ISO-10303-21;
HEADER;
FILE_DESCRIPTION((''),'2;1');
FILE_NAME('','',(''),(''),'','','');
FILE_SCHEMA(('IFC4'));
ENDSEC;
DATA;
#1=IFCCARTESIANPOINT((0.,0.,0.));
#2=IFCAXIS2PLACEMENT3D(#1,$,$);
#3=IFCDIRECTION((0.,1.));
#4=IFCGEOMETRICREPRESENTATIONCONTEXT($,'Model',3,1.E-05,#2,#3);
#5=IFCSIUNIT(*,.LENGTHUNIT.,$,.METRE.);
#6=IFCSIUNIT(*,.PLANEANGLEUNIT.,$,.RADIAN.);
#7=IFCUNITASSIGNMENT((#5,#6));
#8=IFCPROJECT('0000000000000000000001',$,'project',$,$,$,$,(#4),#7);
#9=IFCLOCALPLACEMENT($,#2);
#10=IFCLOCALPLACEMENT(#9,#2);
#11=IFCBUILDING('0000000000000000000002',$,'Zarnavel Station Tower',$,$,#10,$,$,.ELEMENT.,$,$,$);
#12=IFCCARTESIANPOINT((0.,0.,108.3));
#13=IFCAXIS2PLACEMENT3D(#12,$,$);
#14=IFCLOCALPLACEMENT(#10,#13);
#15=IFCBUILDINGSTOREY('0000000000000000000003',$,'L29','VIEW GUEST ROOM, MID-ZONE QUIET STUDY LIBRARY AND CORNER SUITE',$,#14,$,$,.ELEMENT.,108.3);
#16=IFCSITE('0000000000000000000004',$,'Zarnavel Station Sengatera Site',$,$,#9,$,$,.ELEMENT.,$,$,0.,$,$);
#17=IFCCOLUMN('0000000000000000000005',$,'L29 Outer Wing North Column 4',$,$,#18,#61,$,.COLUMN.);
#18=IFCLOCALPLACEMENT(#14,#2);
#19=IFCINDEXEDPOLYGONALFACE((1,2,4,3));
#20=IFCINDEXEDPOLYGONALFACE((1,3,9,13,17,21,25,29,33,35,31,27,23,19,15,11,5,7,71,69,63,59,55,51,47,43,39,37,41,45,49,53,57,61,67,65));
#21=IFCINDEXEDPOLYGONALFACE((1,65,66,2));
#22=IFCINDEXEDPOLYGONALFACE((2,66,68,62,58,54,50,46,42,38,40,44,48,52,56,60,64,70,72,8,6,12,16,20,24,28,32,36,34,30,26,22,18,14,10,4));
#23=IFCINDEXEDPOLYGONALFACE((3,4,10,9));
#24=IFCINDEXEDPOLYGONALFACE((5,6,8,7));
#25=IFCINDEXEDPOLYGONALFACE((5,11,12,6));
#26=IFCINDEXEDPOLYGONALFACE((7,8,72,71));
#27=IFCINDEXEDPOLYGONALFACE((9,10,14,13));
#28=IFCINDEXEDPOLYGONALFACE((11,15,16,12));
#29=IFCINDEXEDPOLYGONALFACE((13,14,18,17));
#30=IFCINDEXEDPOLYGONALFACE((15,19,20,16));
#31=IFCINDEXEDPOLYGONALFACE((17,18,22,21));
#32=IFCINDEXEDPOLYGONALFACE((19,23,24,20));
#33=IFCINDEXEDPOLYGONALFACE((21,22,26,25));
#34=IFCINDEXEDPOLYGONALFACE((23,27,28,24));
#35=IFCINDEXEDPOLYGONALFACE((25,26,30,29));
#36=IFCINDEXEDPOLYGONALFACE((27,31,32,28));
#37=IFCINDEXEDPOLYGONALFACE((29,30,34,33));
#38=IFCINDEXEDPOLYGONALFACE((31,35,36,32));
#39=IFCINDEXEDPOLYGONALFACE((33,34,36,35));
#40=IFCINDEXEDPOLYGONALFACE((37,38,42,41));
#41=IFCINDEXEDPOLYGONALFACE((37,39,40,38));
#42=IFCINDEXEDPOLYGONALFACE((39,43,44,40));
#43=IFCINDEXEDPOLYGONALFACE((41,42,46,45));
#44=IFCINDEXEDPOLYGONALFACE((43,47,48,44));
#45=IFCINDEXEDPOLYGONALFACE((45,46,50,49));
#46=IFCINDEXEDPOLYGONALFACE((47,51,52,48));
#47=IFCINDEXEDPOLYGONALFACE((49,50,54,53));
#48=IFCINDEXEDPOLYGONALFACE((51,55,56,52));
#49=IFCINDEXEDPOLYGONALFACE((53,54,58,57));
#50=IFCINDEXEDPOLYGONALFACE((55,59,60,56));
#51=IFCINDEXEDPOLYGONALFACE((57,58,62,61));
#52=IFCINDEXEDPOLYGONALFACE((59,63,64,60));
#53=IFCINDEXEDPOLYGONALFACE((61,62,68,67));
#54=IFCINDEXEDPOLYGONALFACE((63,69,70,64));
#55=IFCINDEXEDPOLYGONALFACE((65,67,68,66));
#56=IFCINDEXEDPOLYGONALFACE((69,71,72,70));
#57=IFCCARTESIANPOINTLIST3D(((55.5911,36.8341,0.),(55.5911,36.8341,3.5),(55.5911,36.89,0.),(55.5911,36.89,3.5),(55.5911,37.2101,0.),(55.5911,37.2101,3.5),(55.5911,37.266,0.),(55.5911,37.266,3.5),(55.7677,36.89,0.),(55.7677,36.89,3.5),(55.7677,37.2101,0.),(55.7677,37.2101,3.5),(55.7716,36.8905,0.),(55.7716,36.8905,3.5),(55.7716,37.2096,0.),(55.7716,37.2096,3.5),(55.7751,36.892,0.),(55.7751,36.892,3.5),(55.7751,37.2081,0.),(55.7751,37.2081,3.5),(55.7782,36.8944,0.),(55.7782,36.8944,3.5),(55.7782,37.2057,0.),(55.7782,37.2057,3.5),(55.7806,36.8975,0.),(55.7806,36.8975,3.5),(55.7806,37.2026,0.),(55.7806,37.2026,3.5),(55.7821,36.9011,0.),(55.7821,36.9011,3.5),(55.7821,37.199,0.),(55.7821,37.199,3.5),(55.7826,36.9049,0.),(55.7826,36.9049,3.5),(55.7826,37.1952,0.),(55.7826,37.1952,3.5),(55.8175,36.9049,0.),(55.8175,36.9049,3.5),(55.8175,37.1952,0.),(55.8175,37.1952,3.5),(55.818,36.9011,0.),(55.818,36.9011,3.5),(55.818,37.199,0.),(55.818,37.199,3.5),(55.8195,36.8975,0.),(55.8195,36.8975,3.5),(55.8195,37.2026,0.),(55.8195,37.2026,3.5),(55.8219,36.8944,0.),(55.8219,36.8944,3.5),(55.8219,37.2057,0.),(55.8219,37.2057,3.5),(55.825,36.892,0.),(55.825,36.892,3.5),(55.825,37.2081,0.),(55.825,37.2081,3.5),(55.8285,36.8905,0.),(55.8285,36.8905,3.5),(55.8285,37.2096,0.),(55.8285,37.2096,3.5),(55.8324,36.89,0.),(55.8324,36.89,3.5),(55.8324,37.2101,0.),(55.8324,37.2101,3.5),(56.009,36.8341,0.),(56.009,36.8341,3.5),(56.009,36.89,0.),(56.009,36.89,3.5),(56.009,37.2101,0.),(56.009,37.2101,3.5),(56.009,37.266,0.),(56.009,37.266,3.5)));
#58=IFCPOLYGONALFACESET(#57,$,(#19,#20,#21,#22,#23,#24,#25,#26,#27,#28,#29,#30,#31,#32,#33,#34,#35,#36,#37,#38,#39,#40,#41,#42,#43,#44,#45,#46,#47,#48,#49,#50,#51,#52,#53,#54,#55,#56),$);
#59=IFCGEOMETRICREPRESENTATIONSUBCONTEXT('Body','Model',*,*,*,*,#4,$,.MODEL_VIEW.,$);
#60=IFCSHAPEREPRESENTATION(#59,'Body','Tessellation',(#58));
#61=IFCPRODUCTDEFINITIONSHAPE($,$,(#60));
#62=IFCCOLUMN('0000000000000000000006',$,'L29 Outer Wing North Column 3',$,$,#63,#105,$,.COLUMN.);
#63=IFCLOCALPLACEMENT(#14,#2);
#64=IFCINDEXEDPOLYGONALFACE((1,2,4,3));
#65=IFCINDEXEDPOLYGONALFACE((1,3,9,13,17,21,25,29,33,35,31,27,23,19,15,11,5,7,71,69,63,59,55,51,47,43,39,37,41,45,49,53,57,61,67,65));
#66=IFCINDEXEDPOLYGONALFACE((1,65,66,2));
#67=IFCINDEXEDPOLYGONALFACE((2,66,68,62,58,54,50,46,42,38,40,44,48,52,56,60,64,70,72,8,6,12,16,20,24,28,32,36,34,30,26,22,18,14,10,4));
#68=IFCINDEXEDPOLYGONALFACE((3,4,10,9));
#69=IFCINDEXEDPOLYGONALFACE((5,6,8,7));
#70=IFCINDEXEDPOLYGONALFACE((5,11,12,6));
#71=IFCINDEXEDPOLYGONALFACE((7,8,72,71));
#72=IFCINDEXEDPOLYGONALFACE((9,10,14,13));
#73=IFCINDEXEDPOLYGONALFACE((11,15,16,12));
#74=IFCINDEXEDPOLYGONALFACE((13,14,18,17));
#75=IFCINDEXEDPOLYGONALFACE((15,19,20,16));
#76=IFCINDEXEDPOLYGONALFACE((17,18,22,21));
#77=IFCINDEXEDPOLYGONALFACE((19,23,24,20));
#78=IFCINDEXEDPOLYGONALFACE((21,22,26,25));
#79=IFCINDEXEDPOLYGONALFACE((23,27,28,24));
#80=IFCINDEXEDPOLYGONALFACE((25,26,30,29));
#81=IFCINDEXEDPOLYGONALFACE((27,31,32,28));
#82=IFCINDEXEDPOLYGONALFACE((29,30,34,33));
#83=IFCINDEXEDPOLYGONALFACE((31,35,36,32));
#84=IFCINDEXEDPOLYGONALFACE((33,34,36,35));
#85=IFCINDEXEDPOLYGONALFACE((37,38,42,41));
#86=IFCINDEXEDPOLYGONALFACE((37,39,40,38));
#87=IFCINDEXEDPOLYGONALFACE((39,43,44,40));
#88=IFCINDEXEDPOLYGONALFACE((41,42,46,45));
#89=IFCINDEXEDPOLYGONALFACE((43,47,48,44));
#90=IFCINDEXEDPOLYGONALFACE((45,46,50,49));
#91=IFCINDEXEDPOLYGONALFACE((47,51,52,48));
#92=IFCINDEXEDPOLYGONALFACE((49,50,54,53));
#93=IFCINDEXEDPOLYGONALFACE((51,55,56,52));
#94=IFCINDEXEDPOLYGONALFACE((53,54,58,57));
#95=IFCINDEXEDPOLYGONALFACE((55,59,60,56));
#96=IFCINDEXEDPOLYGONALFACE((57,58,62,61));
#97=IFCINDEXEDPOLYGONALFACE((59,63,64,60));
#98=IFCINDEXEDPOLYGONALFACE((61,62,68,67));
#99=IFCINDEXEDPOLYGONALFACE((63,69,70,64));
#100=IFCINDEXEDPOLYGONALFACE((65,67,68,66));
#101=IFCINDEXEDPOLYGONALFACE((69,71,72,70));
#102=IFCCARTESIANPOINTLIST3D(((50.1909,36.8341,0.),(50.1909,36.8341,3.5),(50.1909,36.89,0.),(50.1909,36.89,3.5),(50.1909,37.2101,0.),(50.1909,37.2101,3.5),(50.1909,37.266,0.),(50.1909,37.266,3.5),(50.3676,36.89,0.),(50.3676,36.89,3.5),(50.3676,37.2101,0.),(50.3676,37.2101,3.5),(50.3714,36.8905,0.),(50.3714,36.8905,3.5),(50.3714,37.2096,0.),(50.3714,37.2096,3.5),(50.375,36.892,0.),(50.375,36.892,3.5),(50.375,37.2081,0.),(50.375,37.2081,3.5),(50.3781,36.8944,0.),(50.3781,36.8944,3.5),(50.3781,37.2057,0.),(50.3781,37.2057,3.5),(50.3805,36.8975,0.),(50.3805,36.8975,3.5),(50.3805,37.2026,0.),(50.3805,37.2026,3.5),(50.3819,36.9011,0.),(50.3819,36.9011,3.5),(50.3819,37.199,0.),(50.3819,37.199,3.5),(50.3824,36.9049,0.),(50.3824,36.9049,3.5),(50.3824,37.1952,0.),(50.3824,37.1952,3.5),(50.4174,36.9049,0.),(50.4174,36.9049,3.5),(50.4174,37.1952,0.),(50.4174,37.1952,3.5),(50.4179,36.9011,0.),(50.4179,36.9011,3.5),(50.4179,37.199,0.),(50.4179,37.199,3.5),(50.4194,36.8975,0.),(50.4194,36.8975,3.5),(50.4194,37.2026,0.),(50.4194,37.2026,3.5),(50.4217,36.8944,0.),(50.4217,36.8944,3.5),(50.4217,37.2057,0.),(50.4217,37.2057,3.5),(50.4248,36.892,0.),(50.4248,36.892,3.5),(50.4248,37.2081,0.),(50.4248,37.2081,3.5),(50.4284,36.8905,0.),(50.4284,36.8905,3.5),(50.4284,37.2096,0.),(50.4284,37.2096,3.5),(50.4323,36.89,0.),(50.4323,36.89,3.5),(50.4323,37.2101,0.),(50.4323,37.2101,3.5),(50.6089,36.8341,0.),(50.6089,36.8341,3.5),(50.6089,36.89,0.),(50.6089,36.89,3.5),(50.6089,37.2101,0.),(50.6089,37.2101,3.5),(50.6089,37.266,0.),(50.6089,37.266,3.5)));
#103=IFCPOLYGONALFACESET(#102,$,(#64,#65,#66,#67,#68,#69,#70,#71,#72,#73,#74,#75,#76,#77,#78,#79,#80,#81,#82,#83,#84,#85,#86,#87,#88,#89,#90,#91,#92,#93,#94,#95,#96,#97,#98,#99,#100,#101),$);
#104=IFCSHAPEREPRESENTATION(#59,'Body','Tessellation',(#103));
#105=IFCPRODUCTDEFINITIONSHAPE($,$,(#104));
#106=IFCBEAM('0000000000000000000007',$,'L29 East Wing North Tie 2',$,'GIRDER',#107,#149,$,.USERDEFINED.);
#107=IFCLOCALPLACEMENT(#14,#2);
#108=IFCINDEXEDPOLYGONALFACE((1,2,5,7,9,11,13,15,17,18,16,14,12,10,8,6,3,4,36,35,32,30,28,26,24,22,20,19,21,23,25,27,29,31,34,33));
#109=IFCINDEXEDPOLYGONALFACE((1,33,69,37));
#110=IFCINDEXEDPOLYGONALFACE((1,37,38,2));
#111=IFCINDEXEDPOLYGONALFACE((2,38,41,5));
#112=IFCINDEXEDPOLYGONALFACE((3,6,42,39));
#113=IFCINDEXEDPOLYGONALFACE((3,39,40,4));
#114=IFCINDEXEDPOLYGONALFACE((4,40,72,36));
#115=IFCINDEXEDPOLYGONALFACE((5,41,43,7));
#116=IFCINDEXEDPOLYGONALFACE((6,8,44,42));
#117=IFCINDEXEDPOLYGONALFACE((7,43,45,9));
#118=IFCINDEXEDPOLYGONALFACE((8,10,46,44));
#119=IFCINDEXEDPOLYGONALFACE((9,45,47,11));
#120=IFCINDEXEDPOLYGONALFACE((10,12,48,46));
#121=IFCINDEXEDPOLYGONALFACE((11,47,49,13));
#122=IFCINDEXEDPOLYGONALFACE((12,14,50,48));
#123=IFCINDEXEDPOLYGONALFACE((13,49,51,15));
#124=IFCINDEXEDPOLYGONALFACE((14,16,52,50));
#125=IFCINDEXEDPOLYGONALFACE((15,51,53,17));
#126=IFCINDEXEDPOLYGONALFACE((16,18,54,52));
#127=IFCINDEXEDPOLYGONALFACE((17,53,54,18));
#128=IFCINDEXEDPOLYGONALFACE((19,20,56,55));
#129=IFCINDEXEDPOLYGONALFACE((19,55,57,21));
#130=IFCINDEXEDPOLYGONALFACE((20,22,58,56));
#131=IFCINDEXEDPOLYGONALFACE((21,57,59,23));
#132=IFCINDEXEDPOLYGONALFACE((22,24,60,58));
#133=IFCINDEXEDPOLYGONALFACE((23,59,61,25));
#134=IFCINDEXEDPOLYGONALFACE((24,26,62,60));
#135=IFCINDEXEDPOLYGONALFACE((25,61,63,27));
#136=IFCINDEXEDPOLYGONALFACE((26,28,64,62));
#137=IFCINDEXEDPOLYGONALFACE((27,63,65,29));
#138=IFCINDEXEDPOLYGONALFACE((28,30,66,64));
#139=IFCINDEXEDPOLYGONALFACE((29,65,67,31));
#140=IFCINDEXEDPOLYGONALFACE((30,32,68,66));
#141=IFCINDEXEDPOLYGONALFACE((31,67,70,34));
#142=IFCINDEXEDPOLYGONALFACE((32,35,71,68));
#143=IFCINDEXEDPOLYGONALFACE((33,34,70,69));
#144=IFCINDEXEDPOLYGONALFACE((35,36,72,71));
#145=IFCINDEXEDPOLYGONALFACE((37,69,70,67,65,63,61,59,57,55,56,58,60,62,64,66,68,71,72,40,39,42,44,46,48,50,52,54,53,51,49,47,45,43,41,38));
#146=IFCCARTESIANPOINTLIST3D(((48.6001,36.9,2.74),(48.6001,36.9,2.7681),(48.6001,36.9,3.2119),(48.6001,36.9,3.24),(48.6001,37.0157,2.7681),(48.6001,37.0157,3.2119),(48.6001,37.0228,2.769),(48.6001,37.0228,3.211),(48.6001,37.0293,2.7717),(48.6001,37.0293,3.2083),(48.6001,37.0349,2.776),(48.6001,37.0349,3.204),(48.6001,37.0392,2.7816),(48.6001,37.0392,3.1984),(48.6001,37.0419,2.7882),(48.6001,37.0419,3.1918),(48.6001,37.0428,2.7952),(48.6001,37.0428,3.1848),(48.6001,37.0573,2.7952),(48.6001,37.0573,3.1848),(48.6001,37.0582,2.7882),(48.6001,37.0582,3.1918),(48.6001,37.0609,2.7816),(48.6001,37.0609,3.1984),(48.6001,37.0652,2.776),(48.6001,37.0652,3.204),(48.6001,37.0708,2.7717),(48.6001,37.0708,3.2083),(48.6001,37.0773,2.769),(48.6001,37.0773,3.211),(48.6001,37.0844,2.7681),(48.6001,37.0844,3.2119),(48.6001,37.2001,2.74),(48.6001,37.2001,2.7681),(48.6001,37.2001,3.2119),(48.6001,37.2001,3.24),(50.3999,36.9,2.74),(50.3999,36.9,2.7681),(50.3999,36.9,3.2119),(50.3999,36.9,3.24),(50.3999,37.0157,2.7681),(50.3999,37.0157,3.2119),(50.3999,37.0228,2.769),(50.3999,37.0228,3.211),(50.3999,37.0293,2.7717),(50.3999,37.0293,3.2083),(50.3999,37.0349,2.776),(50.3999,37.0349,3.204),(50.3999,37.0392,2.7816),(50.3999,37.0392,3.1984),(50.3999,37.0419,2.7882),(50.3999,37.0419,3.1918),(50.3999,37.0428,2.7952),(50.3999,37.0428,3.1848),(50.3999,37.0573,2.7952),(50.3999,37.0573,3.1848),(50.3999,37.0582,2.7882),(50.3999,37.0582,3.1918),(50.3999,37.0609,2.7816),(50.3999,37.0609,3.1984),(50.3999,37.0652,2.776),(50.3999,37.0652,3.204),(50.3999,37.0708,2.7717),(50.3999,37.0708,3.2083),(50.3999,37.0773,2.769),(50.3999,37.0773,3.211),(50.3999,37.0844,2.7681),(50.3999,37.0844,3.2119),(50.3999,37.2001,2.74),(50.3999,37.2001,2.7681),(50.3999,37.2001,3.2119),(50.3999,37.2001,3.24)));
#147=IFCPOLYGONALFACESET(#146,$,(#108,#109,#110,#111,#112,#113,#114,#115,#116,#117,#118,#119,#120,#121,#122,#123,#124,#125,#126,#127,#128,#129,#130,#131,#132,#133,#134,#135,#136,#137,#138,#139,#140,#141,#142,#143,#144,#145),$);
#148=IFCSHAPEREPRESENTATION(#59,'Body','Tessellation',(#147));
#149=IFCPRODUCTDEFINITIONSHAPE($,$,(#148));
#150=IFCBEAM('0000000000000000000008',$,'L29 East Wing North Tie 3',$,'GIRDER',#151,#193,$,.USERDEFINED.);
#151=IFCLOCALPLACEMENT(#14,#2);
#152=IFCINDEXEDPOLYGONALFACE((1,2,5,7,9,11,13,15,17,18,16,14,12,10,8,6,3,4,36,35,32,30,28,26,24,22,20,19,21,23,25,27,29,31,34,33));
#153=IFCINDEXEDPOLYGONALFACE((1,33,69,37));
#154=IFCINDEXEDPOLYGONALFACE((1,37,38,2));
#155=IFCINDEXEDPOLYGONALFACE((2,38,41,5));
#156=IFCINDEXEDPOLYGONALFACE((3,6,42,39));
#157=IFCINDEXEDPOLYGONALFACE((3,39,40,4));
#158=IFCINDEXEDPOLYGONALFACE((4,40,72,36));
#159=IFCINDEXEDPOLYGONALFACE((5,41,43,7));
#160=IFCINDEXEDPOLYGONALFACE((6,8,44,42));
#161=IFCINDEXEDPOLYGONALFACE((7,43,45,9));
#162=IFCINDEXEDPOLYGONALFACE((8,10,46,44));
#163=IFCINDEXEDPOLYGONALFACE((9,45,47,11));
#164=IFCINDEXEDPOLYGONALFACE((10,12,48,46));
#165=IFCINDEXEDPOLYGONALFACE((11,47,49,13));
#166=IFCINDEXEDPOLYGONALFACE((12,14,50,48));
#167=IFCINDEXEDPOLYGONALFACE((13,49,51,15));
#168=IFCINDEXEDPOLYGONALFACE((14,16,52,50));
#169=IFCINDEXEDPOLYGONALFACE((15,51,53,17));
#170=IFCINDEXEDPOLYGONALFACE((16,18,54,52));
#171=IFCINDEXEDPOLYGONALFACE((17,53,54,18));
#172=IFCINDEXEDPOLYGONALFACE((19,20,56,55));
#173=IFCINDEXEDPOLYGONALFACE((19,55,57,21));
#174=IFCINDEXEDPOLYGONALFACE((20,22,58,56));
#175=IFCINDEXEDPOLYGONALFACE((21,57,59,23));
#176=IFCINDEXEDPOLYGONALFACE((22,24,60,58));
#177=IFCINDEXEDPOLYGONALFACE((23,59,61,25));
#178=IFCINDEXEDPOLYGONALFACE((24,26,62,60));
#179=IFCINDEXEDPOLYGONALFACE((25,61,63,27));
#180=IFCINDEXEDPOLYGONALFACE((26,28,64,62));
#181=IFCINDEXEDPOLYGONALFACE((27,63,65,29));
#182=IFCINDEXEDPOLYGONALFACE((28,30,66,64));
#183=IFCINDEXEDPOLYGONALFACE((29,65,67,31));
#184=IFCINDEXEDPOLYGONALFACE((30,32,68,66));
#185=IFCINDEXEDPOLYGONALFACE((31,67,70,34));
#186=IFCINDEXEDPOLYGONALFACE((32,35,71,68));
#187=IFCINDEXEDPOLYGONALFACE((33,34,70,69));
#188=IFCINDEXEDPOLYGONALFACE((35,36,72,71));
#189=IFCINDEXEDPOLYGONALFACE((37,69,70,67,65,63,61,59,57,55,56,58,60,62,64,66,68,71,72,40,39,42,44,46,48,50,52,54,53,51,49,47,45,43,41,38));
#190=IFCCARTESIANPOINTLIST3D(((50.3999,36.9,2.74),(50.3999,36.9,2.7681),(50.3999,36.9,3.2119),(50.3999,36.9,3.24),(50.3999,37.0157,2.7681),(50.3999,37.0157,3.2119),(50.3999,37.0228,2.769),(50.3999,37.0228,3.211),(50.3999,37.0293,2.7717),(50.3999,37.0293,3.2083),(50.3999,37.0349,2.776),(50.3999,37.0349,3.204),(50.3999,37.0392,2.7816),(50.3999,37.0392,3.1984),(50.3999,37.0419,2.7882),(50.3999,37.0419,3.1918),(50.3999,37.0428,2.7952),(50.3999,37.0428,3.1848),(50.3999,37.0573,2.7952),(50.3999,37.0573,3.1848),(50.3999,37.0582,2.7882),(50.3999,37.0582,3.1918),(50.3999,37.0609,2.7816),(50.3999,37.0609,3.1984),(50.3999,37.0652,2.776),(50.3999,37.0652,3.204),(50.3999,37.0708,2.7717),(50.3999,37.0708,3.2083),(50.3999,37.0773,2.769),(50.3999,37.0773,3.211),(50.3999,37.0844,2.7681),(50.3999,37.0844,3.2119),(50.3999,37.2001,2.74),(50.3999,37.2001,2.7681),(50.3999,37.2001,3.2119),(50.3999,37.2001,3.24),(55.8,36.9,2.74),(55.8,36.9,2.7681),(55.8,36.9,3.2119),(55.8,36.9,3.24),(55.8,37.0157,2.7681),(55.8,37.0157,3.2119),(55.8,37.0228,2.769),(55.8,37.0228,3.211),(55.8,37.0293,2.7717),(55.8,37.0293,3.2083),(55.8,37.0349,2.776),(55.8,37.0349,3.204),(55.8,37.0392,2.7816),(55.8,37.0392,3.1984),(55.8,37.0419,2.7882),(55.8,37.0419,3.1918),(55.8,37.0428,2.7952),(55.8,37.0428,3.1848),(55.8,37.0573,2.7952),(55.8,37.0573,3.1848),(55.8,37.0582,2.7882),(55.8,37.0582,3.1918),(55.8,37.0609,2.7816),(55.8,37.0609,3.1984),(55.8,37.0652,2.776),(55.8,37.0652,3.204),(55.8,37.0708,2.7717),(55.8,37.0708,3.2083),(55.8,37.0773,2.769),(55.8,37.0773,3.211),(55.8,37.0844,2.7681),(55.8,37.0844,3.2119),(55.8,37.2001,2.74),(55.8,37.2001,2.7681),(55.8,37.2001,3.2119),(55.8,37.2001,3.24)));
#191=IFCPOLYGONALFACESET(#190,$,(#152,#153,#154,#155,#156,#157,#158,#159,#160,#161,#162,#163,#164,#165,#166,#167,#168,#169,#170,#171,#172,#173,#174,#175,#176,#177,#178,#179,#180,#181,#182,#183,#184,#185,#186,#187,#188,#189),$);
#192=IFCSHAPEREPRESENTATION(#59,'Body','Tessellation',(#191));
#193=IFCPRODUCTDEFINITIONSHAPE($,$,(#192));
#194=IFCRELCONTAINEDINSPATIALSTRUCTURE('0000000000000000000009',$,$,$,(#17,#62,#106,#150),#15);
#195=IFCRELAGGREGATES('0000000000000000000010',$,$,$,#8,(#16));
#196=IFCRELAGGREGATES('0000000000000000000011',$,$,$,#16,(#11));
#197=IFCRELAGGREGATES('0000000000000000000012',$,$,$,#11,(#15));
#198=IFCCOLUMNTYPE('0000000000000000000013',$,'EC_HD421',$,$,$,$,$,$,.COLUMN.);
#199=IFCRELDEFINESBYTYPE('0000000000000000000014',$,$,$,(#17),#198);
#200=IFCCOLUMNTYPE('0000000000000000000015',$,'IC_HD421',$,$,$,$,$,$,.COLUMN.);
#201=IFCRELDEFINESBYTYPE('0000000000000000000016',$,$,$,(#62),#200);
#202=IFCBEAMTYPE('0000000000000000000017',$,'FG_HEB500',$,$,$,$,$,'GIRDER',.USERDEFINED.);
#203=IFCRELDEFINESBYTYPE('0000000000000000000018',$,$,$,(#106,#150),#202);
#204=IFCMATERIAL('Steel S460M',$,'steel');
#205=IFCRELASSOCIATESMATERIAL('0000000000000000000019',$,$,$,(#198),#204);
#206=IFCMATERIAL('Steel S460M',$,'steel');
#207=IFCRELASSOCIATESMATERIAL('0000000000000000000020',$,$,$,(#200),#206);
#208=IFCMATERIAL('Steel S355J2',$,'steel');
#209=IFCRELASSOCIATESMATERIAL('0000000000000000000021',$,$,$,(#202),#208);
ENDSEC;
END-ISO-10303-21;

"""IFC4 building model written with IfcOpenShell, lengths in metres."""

from ifc_helpers import new_model, si_unit, direction, frame, origin, origin_2d, place, context, subcontext, project, spatial, i_section, extrude, material, material_profile, profile_set, type_object, element, save


model = new_model("IFC4")

# Units and contexts
model_context = context("Model", 3, precision=1e-05, world=origin(), true_north=direction((0.0, 1.0)))
body_context = subcontext(model_context, "Body", "Model", "MODEL_VIEW")
ifc_project = project(units=[si_unit("LENGTHUNIT", "METRE"), si_unit("PLANEANGLEUNIT", "RADIAN")], contexts=[model_context])

# Site, building, storey
site_placement = place(None, origin())
site = spatial("IfcSite", under=ifc_project, at=site_placement, Name="Zarnavel Station Sengatera Site", CompositionType="ELEMENT", RefElevation=0.0)
building_placement = place(site_placement, origin())
building = spatial("IfcBuilding", under=site, at=building_placement, Name="Zarnavel Station Tower", CompositionType="ELEMENT")
storey_placement = place(building_placement, frame((0.0, 0.0, 108.3)))
storey = spatial("IfcBuildingStorey", under=building, at=storey_placement, Name="L29", Description="VIEW GUEST ROOM, MID-ZONE QUIET STUDY LIBRARY AND CORNER SUITE", CompositionType="ELEMENT", Elevation=108.3)

# Columns
ifc_material_1 = material(Name="Steel S460M", Category="steel")
ifc_material_profile_1 = material_profile(ifc_material_1, i_section(OverallWidth=0.418, OverallDepth=0.4319, WebThickness=0.0349, FlangeThickness=0.0559, FilletRadius=0.0149, at=origin_2d()), Name="HD400x421")
ifc_profile_set_1 = profile_set([ifc_material_profile_1], Name="Steel S460M")
column_type_1 = type_object("IfcColumnType", Name="EC_HD421", PredefinedType="COLUMN", material=ifc_profile_set_1)
column_1_placement = place(storey_placement, frame((55.8, 37.05, 0.0), z_axis=(0.0, 0.0, 1.0), x_axis=(1.0, 0.0, 0.0)))
element("IfcColumn", 1, at=column_1_placement, inside=storey, type_object=column_type_1, Name="L29 Outer Wing North Column 4", PredefinedType="COLUMN", context=body_context, shape_type="SweptSolid", body=[
    extrude(i_section(OverallWidth=0.418, OverallDepth=0.4319, WebThickness=0.0349, FlangeThickness=0.0559, FilletRadius=0.0149, at=origin_2d()), origin(), (0.0, 0.0, 1.0), 3.5),
])
ifc_material_2 = material(Name="Steel S460M", Category="steel")
ifc_material_profile_2 = material_profile(ifc_material_2, i_section(OverallWidth=0.418, OverallDepth=0.4319, WebThickness=0.0349, FlangeThickness=0.0559, FilletRadius=0.0149, at=origin_2d()), Name="HD400x421")
ifc_profile_set_2 = profile_set([ifc_material_profile_2], Name="Steel S460M")
column_type_2 = type_object("IfcColumnType", Name="IC_HD421", PredefinedType="COLUMN", material=ifc_profile_set_2)
column_2_placement = place(storey_placement, frame((50.3999, 37.05, 0.0), z_axis=(0.0, 0.0, 1.0), x_axis=(1.0, 0.0, 0.0)))
element("IfcColumn", 2, at=column_2_placement, inside=storey, type_object=column_type_2, Name="L29 Outer Wing North Column 3", PredefinedType="COLUMN", context=body_context, shape_type="SweptSolid", body=[
    extrude(i_section(OverallWidth=0.418, OverallDepth=0.4319, WebThickness=0.0349, FlangeThickness=0.0559, FilletRadius=0.0149, at=origin_2d()), origin(), (0.0, 0.0, 1.0), 3.5),
])

# Beams
ifc_material_3 = material(Name="Steel S355J2", Category="steel")
ifc_material_profile_3 = material_profile(ifc_material_3, i_section(OverallWidth=0.3, OverallDepth=0.5, WebThickness=0.0144, FlangeThickness=0.0281, FilletRadius=0.0271, at=origin_2d()), Name="HEB500")
ifc_profile_set_3 = profile_set([ifc_material_profile_3], Name="Steel S355J2")
beam_type = type_object("IfcBeamType", Name="FG_HEB500", ElementType="GIRDER", PredefinedType="USERDEFINED", material=ifc_profile_set_3)
beam_1_placement = place(storey_placement, frame((48.6001, 37.05, 2.99), z_axis=(1.0, 0.0, 0.0), x_axis=(0.0, 1.0, 0.0)))
element("IfcBeam", 3, at=beam_1_placement, inside=storey, type_object=beam_type, Name="L29 East Wing North Tie 2", ObjectType="GIRDER", PredefinedType="USERDEFINED", context=body_context, shape_type="SweptSolid", body=[
    extrude(i_section(OverallWidth=0.3, OverallDepth=0.5, WebThickness=0.0144, FlangeThickness=0.0281, FilletRadius=0.0271, at=origin_2d()), origin(), (0.0, 0.0, 1.0), 1.7998),
])
beam_2_placement = place(storey_placement, frame((50.3999, 37.05, 2.99), z_axis=(1.0, 0.0, 0.0), x_axis=(0.0, 1.0, 0.0)))
element("IfcBeam", 4, at=beam_2_placement, inside=storey, type_object=beam_type, Name="L29 East Wing North Tie 3", ObjectType="GIRDER", PredefinedType="USERDEFINED", context=body_context, shape_type="SweptSolid", body=[
    extrude(i_section(OverallWidth=0.3, OverallDepth=0.5, WebThickness=0.0144, FlangeThickness=0.0281, FilletRadius=0.0271, at=origin_2d()), origin(), (0.0, 0.0, 1.0), 5.4001),
])

save(model, "model.ifc")
